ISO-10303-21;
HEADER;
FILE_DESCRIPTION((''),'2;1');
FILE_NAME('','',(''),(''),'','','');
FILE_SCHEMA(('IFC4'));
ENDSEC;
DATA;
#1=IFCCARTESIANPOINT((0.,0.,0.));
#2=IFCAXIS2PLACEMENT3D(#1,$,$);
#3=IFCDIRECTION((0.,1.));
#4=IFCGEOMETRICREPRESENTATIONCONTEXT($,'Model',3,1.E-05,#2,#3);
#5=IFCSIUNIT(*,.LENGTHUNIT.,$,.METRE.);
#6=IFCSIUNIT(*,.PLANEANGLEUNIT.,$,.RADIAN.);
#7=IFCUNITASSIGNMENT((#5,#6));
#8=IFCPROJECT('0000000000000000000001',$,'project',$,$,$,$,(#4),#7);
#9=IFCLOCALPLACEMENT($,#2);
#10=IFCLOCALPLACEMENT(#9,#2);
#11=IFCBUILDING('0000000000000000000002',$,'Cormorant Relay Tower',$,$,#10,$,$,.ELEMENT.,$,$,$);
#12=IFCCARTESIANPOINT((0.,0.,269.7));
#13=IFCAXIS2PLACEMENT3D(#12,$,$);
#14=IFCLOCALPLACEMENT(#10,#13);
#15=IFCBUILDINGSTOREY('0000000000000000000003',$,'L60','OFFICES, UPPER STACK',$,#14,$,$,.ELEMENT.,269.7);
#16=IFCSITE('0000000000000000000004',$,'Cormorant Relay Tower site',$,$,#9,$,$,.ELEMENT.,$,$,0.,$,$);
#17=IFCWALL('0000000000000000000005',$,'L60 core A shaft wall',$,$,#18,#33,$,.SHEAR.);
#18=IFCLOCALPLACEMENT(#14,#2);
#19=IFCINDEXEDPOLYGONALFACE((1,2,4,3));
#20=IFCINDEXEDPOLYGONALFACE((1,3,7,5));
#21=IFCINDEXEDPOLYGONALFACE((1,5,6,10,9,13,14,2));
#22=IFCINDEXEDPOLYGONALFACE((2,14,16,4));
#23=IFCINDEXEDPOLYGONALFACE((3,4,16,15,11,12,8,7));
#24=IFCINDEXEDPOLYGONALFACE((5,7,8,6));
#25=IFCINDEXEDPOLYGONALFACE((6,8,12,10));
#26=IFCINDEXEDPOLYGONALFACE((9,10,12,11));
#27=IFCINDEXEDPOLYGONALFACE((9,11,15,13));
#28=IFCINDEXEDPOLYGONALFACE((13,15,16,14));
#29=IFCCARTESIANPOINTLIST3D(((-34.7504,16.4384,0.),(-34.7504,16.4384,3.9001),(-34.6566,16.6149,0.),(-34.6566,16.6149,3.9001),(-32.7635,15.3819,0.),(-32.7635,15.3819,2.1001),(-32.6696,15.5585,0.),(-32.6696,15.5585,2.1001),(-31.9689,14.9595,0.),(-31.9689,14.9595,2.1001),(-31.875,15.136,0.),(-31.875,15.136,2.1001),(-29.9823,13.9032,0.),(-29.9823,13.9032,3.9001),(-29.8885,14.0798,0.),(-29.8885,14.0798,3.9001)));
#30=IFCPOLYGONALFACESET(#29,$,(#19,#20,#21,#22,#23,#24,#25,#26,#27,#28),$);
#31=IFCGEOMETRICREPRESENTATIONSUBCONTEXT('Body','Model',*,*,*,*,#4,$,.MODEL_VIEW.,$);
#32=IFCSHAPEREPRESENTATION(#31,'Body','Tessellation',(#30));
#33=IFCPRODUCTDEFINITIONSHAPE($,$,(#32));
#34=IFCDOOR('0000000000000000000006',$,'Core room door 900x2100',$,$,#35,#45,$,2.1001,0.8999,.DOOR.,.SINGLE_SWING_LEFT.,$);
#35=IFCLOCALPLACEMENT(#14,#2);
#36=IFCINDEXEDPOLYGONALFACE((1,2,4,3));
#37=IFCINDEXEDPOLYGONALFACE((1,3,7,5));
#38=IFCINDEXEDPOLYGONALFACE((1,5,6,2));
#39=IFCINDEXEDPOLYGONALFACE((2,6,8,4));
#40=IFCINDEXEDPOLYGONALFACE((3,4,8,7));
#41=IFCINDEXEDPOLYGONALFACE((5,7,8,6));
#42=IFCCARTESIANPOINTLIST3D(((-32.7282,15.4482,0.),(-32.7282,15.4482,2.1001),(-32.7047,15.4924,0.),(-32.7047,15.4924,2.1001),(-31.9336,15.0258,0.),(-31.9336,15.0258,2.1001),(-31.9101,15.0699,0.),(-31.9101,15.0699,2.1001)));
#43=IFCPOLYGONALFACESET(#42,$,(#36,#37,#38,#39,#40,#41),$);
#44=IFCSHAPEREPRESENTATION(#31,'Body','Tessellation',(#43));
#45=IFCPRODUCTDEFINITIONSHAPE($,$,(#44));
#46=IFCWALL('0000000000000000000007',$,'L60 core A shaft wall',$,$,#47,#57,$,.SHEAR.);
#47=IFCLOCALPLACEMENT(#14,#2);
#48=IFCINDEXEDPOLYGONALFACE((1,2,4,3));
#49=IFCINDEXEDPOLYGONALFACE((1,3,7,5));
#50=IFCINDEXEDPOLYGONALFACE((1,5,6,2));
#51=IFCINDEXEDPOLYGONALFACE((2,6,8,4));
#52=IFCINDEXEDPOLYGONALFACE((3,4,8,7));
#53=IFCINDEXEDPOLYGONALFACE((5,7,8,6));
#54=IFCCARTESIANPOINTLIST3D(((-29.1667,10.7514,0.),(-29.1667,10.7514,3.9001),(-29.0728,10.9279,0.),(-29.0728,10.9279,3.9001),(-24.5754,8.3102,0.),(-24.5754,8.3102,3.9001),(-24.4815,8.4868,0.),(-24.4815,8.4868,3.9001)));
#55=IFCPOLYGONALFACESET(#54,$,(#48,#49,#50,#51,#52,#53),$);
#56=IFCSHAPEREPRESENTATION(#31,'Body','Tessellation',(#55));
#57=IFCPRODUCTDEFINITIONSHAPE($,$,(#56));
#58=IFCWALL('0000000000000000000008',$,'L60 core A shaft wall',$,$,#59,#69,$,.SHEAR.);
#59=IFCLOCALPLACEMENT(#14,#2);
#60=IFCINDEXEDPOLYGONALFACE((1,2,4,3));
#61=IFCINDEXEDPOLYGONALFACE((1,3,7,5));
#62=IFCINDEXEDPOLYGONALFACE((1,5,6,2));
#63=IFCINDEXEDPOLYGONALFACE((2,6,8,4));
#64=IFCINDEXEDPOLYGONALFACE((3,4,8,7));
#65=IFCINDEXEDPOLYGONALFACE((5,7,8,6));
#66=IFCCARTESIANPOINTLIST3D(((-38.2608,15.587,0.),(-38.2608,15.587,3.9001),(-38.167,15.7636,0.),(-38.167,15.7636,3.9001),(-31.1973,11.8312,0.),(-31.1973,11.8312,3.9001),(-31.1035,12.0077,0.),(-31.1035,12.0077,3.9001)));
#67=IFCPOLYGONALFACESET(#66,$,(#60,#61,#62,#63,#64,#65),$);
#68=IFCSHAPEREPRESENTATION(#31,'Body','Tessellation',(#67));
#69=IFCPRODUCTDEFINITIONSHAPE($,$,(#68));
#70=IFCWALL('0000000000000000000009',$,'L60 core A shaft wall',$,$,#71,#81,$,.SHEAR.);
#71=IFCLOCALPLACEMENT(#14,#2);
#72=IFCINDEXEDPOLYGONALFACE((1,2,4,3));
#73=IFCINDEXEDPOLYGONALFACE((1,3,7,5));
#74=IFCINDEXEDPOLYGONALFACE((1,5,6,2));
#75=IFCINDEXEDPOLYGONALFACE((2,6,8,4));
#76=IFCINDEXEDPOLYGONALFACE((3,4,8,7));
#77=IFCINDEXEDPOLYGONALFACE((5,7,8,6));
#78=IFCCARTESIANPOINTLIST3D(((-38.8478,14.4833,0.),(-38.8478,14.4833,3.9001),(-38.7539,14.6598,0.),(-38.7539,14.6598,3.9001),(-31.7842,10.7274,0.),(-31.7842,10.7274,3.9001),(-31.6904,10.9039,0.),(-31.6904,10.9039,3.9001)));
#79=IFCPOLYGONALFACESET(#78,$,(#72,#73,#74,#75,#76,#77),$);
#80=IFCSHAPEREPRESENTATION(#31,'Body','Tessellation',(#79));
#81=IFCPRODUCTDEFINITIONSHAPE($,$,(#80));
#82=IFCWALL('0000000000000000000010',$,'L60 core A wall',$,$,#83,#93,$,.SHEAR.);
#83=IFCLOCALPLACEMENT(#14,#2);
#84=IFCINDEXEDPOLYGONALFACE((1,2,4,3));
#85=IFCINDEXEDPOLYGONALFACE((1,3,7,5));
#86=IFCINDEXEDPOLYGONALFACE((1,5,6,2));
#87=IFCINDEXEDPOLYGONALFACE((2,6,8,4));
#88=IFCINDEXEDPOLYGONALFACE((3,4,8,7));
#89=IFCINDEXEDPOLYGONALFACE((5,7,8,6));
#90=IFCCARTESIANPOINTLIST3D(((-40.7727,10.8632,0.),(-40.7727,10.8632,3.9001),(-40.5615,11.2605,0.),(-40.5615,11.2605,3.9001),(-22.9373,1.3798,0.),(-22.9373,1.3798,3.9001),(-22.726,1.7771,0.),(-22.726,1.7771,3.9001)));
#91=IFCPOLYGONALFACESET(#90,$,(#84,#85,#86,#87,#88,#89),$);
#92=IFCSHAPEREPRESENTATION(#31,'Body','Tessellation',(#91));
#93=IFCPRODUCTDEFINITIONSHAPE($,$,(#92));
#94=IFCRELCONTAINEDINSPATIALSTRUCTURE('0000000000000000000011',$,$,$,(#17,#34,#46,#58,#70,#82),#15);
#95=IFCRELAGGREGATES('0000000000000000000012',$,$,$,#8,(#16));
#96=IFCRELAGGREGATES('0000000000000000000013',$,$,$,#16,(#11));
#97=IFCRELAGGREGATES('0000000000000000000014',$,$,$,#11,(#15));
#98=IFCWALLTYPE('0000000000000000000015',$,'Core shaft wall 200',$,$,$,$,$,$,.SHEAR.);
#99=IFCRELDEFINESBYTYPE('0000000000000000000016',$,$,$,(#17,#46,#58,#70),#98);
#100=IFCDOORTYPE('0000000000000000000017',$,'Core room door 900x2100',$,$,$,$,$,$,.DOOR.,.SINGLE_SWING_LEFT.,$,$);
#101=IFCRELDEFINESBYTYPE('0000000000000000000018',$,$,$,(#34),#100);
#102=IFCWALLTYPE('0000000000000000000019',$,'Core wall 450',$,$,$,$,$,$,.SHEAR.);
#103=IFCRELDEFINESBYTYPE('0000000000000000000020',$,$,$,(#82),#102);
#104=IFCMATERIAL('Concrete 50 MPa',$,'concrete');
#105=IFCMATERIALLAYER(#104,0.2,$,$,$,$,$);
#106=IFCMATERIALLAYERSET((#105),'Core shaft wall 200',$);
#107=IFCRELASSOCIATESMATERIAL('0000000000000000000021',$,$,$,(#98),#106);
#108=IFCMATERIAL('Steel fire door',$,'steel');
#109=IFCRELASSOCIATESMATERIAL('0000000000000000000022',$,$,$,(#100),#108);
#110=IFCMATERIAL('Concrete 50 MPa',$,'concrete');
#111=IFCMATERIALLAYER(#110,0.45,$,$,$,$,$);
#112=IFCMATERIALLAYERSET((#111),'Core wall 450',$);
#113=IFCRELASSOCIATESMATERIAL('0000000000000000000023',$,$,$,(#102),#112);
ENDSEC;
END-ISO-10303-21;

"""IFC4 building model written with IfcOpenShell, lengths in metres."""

from ifc_helpers import new_model, si_unit, direction, frame, frame_2d, origin, place, context, subcontext, project, spatial, rectangle, extrude, material, layer, layer_set, type_object, element, fill, save


model = new_model("IFC4")

# Units and contexts
model_context = context("Model", 3, precision=1e-05, world=origin(), true_north=direction((0.0, 1.0)))
body_context = subcontext(model_context, "Body", "Model", "MODEL_VIEW")
ifc_project = project(units=[si_unit("LENGTHUNIT", "METRE"), si_unit("PLANEANGLEUNIT", "RADIAN")], contexts=[model_context])

# Site, building, storey
site_placement = place(None, origin())
site = spatial("IfcSite", under=ifc_project, at=site_placement, Name="Cormorant Relay Tower site", CompositionType="ELEMENT", RefElevation=0.0)
building_placement = place(site_placement, origin())
building = spatial("IfcBuilding", under=site, at=building_placement, Name="Cormorant Relay Tower", CompositionType="ELEMENT")
storey_placement = place(building_placement, frame((0.0, 0.0, 269.7)))
storey = spatial("IfcBuildingStorey", under=building, at=storey_placement, Name="L60", Description="OFFICES, UPPER STACK", CompositionType="ELEMENT", Elevation=269.7)

# Shared definitions
ifc_material_1 = material(Name="Concrete 50 MPa", Category="concrete")
ifc_layer_1 = layer(ifc_material_1, 0.2)
ifc_layer_set_1 = layer_set([ifc_layer_1], Name="Core shaft wall 200")
wall_type_1 = type_object("IfcWallType", Name="Core shaft wall 200", PredefinedType="SHEAR", material=ifc_layer_set_1)

# Shared definitions
ifc_material_2 = material(Name="Steel fire door", Category="steel")
door_type_1 = type_object("IfcDoorType", Name="Core room door 900x2100", OperationType="SINGLE_SWING_LEFT", PredefinedType="DOOR", material=ifc_material_2)

# Wall, opening, door
wall_1_placement = place(storey_placement, frame((-29.9353, 13.9915, 0.0), z_axis=(0.0, 0.0, 1.0), x_axis=(-0.882953, 0.469462, 0.0)))
wall_1 = element("IfcWall", 1, at=wall_1_placement, inside=storey, type_object=wall_type_1, Name="L60 core A shaft wall", PredefinedType="SHEAR", context=body_context, shape_type="SweptSolid", body=[
    extrude(rectangle(XDim=5.4001, YDim=0.2, at=frame_2d((2.7002, 0.0))), origin(), (0.0, 0.0, 1.0), 3.9001),
])
opening_1_placement = place(wall_1_placement, frame((2.25, 0.0, 0.0)))
opening_1 = element("IfcOpeningElement", 2, at=opening_1_placement, cuts=wall_1, PredefinedType="OPENING", context=body_context, shape_type="SweptSolid", body=[
    extrude(rectangle(XDim=0.8999, YDim=2.1001, at=frame_2d((0.45, 1.05))), frame((0.0, 0.1099, 0.0), z_axis=(0.0, -1.0, 0.0), x_axis=(1.0, 0.0, 0.0)), (0.0, 0.0, 1.0), 0.22),
])
door_1_placement = place(opening_1_placement, origin())
door_1 = element("IfcDoor", 3, at=door_1_placement, inside=storey, type_object=door_type_1, Name="Core room door 900x2100", OperationType="SINGLE_SWING_LEFT", OverallHeight=2.1001, OverallWidth=0.8999, PredefinedType="DOOR", context=body_context, shape_type="SweptSolid", body=[
    extrude(rectangle(XDim=0.8999, YDim=2.1001, at=frame_2d((0.45, 1.05))), frame((0.0, 0.0249, 0.0), z_axis=(0.0, -1.0, 0.0), x_axis=(1.0, 0.0, 0.0)), (0.0, 0.0, 1.0), 0.05),
])
fill(opening_1, door_1)

# Walls
wall_2_placement = place(storey_placement, frame((-24.5283, 8.3984, 0.0), z_axis=(0.0, 0.0, 1.0), x_axis=(-0.882954, 0.46946, 0.0)))
element("IfcWall", 4, at=wall_2_placement, inside=storey, type_object=wall_type_1, Name="L60 core A shaft wall", PredefinedType="SHEAR", context=body_context, shape_type="SweptSolid", body=[
    extrude(rectangle(XDim=5.2, YDim=0.2, at=frame_2d((2.6001, 0.0))), origin(), (0.0, 0.0, 1.0), 3.9001),
])
for number, where, z_axis, x_axis, name in (
    (5, (-31.1504, 11.9194, 0.0), (0.0, 0.0, 1.0), (-0.88294, 0.469485, 0.0), "L60 core A shaft wall"),
    (6, (-31.7373, 10.8157, 0.0), (0.0, 0.0, 1.0), (-0.88294, 0.469485, 0.0), "L60 core A shaft wall"),
):
    element("IfcWall", number, at=place(storey_placement, frame(where, z_axis=z_axis, x_axis=x_axis)), inside=storey, type_object=wall_type_1, Name=name, PredefinedType="SHEAR", context=body_context, shape_type="SweptSolid", body=[
        extrude(rectangle(XDim=8.0, YDim=0.2, at=frame_2d((4.0, 0.0))), origin(), (0.0, 0.0, 1.0), 3.9001),
    ])
ifc_material_3 = material(Name="Concrete 50 MPa", Category="concrete")
ifc_layer_2 = layer(ifc_material_3, 0.45)
ifc_layer_set_2 = layer_set([ifc_layer_2], Name="Core wall 450")
wall_type_2 = type_object("IfcWallType", Name="Core wall 450", PredefinedType="SHEAR", material=ifc_layer_set_2)
wall_3_placement = place(storey_placement, frame((-22.8315, 1.5784, 0.0), z_axis=(0.0, 0.0, 1.0), x_axis=(-0.882945, 0.469476, 0.0)))
element("IfcWall", 7, at=wall_3_placement, inside=storey, type_object=wall_type_2, Name="L60 core A wall", PredefinedType="SHEAR", context=body_context, shape_type="SweptSolid", body=[
    extrude(rectangle(XDim=20.2, YDim=0.45, at=frame_2d((10.1001, 0.0))), origin(), (0.0, 0.0, 1.0), 3.9001),
])

save(model, "model.ifc")
